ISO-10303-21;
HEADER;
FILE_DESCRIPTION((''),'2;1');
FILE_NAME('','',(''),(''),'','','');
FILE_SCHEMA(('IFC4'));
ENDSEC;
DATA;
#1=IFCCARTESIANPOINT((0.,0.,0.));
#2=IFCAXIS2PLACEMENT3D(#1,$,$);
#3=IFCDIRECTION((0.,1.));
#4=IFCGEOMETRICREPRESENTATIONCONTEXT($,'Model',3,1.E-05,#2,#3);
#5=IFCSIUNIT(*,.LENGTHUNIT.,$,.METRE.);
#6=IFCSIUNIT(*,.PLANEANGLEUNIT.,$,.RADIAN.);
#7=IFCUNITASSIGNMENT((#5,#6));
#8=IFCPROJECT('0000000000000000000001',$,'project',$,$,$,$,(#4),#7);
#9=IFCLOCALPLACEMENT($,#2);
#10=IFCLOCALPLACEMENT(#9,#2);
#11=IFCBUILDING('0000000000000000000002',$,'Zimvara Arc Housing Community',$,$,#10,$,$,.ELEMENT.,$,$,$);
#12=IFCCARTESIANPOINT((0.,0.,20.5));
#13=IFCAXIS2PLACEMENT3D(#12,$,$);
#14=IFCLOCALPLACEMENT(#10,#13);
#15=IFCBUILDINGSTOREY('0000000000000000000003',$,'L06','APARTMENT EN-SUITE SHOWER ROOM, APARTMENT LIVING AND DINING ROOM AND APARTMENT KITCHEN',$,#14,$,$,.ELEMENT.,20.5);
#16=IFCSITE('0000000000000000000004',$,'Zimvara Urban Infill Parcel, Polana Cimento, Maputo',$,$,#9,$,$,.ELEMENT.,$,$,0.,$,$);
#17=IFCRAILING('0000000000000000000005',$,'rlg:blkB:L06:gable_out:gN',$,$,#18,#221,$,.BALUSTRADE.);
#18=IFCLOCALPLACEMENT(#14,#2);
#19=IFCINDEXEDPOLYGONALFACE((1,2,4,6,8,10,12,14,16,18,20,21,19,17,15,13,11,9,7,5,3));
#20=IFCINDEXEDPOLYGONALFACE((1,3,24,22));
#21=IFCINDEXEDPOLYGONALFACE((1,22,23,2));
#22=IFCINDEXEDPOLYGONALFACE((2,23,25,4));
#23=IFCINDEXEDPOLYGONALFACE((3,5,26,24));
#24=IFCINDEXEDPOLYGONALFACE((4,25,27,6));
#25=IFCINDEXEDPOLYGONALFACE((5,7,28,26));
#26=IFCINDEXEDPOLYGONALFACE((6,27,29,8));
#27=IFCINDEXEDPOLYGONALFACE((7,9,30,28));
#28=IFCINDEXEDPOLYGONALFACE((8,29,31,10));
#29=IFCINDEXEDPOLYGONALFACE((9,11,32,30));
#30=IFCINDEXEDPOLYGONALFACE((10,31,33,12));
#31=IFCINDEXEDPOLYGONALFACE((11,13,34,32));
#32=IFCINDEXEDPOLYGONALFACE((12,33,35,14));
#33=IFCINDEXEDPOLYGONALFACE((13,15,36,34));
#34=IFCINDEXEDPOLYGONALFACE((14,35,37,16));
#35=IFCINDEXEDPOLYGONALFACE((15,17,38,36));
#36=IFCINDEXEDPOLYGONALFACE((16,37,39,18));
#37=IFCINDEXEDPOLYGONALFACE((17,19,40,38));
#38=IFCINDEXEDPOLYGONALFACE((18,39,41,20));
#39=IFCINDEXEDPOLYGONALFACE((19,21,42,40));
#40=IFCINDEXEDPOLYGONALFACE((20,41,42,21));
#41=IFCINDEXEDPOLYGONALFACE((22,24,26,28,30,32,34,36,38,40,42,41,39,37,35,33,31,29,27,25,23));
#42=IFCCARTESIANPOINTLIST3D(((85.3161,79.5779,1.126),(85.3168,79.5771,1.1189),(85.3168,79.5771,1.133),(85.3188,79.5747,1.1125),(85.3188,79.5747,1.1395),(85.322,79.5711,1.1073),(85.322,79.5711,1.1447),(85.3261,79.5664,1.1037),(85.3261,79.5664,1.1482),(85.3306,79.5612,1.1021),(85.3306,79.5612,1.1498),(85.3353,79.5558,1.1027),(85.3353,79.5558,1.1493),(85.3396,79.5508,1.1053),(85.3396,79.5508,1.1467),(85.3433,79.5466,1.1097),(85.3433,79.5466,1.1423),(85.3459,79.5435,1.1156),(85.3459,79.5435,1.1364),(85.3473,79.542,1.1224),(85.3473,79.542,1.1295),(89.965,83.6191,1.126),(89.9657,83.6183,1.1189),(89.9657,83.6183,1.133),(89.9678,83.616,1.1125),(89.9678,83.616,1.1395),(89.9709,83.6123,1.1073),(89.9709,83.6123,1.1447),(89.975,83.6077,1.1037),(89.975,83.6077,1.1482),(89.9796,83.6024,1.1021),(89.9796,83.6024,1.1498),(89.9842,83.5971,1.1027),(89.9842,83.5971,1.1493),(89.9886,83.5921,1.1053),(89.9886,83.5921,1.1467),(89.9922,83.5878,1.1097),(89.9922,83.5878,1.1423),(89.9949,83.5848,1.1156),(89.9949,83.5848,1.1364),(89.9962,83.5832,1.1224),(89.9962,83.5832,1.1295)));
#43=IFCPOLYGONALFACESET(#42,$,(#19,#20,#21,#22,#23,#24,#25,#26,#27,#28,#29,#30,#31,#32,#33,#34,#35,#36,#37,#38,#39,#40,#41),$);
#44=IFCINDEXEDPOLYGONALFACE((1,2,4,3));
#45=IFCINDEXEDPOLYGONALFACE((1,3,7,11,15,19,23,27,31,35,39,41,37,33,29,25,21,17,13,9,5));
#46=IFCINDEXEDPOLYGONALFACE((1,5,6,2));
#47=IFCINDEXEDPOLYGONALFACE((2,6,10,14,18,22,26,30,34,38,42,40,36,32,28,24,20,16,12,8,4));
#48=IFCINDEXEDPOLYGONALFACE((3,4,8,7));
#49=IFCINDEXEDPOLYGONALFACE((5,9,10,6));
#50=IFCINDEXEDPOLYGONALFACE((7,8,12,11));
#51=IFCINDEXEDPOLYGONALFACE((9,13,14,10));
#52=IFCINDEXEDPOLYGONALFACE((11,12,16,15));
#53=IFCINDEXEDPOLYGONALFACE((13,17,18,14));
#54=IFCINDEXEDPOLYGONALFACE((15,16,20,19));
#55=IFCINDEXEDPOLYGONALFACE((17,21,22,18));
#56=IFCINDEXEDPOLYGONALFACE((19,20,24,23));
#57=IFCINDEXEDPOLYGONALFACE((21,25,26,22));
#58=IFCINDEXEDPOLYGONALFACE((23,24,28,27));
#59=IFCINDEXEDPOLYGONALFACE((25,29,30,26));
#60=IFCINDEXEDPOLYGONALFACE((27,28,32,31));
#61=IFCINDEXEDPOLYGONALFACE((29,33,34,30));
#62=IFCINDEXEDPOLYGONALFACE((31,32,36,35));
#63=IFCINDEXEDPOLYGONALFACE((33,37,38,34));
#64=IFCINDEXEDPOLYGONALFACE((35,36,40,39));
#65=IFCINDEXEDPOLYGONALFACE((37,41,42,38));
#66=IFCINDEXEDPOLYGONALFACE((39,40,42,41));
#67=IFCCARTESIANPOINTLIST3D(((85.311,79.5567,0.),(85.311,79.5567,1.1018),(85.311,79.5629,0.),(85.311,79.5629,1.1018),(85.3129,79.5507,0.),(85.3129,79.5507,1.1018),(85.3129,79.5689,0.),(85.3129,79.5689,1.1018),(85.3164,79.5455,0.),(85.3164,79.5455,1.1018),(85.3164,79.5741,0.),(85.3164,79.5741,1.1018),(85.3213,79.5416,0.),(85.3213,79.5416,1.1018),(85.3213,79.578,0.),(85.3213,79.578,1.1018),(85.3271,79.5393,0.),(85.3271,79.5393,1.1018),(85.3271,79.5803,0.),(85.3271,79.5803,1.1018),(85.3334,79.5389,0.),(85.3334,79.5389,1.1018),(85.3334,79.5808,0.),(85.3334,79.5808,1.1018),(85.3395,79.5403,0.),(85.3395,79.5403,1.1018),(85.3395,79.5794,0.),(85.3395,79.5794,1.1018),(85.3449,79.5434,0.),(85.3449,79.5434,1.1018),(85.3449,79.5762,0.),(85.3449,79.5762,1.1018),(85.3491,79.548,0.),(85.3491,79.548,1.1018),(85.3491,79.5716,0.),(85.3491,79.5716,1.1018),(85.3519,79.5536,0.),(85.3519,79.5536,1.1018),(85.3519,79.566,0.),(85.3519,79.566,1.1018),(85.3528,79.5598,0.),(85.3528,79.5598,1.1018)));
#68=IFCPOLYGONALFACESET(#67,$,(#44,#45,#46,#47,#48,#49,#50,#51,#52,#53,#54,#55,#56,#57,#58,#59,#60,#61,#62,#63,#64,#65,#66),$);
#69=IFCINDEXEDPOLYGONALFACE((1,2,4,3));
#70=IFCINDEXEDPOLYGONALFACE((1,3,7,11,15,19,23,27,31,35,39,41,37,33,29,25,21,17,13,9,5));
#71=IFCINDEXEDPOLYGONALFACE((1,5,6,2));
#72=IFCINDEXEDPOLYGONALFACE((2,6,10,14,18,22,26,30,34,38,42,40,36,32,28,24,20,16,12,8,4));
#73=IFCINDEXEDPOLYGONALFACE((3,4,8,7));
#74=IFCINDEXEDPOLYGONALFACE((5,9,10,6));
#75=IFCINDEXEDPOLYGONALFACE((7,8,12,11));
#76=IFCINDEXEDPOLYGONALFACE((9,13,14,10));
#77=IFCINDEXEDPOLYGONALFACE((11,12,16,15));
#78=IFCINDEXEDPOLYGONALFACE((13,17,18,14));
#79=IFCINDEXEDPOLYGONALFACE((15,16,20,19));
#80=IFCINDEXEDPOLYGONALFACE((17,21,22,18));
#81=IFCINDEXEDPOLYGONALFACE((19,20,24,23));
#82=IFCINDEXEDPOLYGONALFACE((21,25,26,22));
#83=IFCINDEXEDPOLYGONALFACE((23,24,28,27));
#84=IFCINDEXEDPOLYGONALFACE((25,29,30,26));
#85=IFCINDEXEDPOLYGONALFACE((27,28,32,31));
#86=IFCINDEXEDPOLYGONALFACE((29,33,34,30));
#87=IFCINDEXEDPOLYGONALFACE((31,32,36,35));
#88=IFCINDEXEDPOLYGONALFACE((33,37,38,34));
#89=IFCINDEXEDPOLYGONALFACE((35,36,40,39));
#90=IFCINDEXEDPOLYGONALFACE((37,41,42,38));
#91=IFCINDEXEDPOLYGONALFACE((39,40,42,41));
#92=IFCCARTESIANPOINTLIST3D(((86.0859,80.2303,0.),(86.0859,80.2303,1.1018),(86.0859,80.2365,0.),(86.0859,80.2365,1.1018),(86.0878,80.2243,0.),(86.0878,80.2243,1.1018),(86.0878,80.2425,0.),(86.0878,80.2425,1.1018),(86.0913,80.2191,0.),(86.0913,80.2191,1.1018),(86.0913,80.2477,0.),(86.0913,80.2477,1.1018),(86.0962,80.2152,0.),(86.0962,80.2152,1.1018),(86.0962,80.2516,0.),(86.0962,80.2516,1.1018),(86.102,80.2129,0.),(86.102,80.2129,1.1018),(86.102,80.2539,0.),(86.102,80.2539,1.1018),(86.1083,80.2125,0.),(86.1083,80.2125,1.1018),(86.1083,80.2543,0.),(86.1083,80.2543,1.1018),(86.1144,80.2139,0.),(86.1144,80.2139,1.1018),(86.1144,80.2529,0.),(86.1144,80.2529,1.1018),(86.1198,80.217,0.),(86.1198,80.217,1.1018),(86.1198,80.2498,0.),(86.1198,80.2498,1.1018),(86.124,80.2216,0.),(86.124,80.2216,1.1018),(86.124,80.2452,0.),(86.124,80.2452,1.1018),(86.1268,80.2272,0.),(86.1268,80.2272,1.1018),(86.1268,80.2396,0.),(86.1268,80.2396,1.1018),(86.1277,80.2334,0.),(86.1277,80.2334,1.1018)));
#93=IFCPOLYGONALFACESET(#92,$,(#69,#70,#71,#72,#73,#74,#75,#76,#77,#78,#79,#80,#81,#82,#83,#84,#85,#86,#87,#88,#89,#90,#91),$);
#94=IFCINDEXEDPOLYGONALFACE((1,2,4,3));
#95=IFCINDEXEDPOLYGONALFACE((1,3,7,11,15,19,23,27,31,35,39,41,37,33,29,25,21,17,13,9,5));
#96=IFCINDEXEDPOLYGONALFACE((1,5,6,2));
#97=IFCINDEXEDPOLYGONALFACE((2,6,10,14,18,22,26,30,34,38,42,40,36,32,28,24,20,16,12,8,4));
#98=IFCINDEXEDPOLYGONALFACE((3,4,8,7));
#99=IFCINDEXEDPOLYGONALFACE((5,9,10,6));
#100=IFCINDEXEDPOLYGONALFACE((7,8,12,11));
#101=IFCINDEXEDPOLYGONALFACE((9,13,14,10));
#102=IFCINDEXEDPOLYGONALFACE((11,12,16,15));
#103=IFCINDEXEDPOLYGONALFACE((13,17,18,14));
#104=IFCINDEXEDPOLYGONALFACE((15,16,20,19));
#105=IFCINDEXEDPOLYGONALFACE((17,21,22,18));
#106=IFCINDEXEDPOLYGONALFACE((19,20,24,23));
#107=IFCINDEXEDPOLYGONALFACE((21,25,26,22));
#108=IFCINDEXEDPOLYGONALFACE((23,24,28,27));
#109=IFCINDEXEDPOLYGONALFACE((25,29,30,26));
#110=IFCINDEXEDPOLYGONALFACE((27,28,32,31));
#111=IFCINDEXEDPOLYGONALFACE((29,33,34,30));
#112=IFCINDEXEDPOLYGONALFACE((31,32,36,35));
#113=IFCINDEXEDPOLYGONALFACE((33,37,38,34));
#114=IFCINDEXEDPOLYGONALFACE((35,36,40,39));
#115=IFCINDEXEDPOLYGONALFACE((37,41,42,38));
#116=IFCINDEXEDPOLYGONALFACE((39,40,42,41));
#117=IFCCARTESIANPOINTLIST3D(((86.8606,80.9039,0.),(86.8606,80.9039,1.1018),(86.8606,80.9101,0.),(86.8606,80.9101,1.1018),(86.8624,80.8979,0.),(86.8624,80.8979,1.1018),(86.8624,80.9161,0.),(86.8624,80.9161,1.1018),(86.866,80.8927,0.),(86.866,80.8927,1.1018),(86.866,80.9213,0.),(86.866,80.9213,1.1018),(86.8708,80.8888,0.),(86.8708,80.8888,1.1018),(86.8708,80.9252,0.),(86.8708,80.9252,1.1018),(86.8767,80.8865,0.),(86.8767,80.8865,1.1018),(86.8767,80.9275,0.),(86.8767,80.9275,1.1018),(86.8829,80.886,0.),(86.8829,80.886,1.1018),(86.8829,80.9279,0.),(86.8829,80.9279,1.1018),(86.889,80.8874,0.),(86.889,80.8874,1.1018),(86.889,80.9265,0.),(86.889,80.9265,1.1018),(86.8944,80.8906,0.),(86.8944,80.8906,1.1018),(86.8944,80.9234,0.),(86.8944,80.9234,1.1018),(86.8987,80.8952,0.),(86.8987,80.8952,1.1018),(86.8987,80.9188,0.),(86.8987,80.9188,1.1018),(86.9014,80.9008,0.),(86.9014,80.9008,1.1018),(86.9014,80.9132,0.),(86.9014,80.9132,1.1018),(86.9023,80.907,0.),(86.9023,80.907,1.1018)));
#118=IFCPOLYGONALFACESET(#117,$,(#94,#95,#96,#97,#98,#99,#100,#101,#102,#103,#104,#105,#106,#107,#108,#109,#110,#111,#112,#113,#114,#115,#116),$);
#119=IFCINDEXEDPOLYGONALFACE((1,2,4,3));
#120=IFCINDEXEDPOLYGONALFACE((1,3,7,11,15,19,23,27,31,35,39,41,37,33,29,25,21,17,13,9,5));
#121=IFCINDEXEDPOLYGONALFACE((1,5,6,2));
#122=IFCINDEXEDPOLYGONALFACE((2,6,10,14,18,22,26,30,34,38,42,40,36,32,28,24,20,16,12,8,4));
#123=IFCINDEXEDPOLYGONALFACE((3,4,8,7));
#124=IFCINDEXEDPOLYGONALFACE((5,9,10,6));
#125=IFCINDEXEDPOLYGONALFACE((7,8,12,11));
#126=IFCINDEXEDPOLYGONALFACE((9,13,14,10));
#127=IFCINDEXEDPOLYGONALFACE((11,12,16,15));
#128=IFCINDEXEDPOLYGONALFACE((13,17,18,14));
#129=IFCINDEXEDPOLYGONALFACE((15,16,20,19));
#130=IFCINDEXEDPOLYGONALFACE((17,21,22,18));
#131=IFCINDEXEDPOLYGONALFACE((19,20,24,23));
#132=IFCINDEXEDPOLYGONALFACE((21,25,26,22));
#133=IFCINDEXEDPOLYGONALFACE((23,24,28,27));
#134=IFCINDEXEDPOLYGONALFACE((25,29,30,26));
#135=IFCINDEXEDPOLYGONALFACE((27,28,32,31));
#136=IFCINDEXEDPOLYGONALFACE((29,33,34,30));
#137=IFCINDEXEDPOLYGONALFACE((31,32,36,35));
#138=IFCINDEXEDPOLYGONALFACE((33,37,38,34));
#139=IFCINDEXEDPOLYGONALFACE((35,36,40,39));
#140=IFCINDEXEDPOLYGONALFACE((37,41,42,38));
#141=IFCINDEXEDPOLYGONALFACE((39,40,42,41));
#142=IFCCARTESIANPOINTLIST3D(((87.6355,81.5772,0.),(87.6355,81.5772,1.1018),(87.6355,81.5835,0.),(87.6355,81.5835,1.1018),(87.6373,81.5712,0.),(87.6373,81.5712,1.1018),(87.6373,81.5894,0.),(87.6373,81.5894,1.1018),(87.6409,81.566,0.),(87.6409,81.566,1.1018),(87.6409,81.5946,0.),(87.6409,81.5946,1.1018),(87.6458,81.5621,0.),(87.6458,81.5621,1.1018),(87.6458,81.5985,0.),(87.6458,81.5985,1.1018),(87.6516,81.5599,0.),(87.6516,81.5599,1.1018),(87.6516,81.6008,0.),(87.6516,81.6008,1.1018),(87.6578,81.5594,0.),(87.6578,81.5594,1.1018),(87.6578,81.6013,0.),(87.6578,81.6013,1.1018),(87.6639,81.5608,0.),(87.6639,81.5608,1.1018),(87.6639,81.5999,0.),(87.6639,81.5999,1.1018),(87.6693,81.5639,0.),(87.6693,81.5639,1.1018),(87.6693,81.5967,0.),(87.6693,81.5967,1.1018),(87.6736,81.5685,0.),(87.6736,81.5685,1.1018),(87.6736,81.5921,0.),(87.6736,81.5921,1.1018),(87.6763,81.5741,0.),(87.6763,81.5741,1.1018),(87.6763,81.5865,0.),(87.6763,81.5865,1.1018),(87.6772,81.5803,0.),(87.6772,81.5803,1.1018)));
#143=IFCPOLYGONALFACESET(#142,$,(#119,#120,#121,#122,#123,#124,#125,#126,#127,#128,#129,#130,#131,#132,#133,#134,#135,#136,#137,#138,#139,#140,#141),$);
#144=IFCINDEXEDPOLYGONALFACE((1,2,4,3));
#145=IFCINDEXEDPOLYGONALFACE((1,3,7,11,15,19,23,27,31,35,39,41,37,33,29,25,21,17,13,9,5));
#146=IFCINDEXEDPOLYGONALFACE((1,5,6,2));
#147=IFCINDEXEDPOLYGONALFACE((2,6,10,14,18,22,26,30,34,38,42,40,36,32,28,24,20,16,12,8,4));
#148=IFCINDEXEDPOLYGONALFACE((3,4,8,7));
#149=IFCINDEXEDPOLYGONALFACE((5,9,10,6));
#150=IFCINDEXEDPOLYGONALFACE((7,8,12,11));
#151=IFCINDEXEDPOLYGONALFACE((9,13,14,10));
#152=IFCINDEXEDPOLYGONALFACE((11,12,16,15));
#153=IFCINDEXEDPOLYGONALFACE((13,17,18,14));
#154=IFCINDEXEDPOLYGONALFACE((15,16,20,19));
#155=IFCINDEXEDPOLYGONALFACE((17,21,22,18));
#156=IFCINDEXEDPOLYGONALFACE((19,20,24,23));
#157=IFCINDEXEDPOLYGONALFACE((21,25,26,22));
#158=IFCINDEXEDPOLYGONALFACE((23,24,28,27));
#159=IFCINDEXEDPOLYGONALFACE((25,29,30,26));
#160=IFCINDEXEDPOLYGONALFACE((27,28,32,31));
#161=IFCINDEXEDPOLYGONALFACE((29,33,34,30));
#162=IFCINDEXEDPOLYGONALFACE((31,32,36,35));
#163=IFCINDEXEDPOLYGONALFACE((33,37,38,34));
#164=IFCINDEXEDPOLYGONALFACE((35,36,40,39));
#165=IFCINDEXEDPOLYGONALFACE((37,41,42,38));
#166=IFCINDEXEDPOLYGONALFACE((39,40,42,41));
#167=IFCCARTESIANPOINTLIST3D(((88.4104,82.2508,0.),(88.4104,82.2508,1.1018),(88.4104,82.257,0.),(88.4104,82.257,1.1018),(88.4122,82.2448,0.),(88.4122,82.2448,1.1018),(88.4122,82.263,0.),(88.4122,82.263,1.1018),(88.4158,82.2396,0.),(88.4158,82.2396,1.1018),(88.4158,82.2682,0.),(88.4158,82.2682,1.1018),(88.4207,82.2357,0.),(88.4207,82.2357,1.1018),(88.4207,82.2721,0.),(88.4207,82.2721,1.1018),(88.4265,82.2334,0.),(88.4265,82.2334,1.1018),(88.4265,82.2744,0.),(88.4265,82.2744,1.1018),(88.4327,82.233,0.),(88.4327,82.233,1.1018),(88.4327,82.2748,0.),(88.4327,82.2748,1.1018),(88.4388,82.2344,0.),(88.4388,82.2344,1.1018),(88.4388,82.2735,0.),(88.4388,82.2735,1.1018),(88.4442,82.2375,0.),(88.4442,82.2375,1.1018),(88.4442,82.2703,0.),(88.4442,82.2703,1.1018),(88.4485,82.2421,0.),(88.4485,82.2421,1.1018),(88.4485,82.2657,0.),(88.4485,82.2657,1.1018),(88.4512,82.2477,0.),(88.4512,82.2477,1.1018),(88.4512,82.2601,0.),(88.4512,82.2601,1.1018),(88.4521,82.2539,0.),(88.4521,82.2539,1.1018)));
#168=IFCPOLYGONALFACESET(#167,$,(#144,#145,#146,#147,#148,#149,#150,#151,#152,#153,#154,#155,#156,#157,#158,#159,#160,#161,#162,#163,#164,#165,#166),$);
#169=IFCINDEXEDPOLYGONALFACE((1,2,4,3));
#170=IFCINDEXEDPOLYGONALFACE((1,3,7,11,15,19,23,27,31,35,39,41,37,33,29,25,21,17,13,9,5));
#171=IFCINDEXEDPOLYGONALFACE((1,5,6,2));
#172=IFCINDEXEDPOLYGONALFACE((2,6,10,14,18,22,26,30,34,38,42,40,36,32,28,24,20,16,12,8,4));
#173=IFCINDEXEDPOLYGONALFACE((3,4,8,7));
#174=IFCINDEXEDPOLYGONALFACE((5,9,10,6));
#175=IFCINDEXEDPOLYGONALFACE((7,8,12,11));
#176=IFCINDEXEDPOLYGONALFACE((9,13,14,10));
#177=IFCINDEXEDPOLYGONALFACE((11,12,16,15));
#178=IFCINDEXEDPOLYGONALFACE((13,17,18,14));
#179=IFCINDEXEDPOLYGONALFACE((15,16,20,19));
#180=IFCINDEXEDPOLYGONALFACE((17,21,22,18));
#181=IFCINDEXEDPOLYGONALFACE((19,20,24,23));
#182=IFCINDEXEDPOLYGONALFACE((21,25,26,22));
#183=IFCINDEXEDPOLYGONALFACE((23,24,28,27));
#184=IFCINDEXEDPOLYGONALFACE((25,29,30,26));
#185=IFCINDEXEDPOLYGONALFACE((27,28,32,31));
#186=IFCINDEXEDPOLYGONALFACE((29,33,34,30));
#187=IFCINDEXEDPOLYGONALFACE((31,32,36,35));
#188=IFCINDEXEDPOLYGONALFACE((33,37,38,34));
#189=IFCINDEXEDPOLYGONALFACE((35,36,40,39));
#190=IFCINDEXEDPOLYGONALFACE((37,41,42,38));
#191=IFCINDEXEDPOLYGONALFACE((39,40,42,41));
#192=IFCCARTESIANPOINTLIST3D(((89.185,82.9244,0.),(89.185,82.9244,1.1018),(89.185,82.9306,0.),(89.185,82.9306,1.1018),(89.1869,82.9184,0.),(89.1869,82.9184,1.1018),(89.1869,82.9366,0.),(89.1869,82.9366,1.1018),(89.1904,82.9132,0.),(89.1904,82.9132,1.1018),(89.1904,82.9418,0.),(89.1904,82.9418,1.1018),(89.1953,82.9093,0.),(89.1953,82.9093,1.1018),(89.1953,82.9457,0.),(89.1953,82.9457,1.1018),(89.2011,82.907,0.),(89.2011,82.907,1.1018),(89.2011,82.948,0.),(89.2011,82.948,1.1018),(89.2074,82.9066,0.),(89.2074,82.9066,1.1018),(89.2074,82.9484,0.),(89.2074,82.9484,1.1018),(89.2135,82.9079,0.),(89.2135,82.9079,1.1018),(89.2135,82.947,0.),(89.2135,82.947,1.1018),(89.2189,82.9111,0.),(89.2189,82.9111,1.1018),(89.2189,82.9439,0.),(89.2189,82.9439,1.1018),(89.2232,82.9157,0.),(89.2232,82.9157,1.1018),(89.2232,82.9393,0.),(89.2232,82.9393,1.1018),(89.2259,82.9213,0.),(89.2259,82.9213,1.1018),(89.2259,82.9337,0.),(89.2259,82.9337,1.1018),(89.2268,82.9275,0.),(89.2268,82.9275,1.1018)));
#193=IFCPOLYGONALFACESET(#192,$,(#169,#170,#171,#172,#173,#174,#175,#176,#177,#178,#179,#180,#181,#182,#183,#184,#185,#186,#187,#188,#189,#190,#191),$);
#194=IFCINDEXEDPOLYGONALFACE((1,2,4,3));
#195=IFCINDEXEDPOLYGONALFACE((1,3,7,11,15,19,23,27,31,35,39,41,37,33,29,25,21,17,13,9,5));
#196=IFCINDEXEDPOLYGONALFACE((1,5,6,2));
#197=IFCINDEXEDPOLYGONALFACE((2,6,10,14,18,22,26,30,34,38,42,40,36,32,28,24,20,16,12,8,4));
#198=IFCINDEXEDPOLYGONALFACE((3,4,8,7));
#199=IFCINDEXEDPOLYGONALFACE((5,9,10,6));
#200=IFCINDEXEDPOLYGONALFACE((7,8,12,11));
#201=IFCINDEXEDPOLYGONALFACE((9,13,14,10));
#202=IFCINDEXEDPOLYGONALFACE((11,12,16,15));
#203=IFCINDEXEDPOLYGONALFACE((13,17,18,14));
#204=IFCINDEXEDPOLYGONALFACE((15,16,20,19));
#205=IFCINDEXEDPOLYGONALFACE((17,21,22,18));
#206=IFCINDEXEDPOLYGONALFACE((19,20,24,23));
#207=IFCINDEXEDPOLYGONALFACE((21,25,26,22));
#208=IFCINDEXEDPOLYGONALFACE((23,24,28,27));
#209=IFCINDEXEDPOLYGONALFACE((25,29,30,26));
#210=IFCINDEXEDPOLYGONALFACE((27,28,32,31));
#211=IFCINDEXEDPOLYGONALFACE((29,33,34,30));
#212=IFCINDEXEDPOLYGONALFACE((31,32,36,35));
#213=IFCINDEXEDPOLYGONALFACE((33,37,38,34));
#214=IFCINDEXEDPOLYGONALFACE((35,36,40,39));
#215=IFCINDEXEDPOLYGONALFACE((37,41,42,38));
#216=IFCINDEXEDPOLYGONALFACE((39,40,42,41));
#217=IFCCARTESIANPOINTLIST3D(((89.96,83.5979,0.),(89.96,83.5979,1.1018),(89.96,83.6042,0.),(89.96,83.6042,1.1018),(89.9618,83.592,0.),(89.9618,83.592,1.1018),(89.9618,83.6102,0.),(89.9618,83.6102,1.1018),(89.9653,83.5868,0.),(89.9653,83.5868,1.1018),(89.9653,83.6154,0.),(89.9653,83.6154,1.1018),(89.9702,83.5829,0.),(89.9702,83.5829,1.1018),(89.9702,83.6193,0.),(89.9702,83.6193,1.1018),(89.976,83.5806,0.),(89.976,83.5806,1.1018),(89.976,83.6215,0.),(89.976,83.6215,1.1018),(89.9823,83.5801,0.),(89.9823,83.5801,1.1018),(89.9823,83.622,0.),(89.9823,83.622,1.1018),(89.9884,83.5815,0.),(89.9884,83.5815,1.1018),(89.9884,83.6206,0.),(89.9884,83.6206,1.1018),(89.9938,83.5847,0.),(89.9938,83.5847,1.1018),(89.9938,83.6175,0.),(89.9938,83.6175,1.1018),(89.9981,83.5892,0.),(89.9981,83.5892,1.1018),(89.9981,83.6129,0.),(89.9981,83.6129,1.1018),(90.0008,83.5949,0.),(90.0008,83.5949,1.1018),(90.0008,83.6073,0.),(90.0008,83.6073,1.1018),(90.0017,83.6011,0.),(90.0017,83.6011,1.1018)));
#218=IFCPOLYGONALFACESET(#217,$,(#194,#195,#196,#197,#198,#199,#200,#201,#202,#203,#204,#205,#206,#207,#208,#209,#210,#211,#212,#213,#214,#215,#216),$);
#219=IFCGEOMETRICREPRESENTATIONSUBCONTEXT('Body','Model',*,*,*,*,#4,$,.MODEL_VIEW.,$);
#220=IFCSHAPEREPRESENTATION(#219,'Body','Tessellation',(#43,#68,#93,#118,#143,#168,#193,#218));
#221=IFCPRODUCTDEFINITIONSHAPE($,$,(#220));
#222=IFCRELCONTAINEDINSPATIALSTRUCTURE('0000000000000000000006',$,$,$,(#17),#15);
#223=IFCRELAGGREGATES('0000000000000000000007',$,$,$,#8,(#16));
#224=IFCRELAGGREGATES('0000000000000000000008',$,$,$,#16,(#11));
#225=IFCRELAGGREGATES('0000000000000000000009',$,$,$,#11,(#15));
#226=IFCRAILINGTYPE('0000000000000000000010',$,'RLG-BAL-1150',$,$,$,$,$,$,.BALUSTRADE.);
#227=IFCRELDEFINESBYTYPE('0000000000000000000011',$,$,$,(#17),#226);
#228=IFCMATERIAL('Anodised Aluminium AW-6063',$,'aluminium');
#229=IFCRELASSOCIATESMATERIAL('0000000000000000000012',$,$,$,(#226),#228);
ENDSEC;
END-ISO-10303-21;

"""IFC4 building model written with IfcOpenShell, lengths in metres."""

from ifc_helpers import new_model, si_unit, direction, frame, origin, origin_2d, place, context, subcontext, project, spatial, circle, extrude, material, type_object, element, save


model = new_model("IFC4")

# Units and contexts
model_context = context("Model", 3, precision=1e-05, world=origin(), true_north=direction((0.0, 1.0)))
body_context = subcontext(model_context, "Body", "Model", "MODEL_VIEW")
ifc_project = project(units=[si_unit("LENGTHUNIT", "METRE"), si_unit("PLANEANGLEUNIT", "RADIAN")], contexts=[model_context])

# Site, building, storey
site_placement = place(None, origin())
site = spatial("IfcSite", under=ifc_project, at=site_placement, Name="Zimvara Urban Infill Parcel, Polana Cimento, Maputo", CompositionType="ELEMENT", RefElevation=0.0)
building_placement = place(site_placement, origin())
building = spatial("IfcBuilding", under=site, at=building_placement, Name="Zimvara Arc Housing Community", CompositionType="ELEMENT")
storey_placement = place(building_placement, frame((0.0, 0.0, 20.5)))
storey = spatial("IfcBuildingStorey", under=building, at=storey_placement, Name="L06", Description="APARTMENT EN-SUITE SHOWER ROOM, APARTMENT LIVING AND DINING ROOM AND APARTMENT KITCHEN", CompositionType="ELEMENT", Elevation=20.5)

# Railing
ifc_material_1 = material(Name="Anodised Aluminium AW-6063", Category="aluminium")
railing_type_1 = type_object("IfcRailingType", Name="RLG-BAL-1150", PredefinedType="BALUSTRADE", material=ifc_material_1)
railing_1_placement = place(storey_placement, frame((85.3318, 79.5598, 0.0)))
element("IfcRailing", 1, at=railing_1_placement, inside=storey, type_object=railing_type_1, Name="rlg:blkB:L06:gable_out:gN", PredefinedType="BALUSTRADE", context=body_context, shape_type="SweptSolid", body=[
    extrude(circle(Radius=0.0239, at=origin_2d()), frame((0.0, 0.0, 1.126), z_axis=(0.754709, 0.65606, 0.0), x_axis=(-0.65606, 0.754709, 0.0)), (0.0, 0.0, 1.0), 6.1599),
    extrude(circle(Radius=0.021, at=origin_2d()), origin(), (0.0, 0.0, 1.0), 1.1018),
    extrude(circle(Radius=0.021, at=origin_2d()), frame((0.7749, 0.6736, 0.0)), (0.0, 0.0, 1.0), 1.1018),
    extrude(circle(Radius=0.021, at=origin_2d()), frame((1.5496, 1.3472, 0.0)), (0.0, 0.0, 1.0), 1.1018),
    extrude(circle(Radius=0.021, at=origin_2d()), frame((2.3245, 2.0205, 0.0)), (0.0, 0.0, 1.0), 1.1018),
    extrude(circle(Radius=0.021, at=origin_2d()), frame((3.0994, 2.6941, 0.0)), (0.0, 0.0, 1.0), 1.1018),
    extrude(circle(Radius=0.021, at=origin_2d()), frame((3.874, 3.3677, 0.0)), (0.0, 0.0, 1.0), 1.1018),
    extrude(circle(Radius=0.021, at=origin_2d()), frame((4.6489, 4.0413, 0.0)), (0.0, 0.0, 1.0), 1.1018),
])

save(model, "model.ifc")
